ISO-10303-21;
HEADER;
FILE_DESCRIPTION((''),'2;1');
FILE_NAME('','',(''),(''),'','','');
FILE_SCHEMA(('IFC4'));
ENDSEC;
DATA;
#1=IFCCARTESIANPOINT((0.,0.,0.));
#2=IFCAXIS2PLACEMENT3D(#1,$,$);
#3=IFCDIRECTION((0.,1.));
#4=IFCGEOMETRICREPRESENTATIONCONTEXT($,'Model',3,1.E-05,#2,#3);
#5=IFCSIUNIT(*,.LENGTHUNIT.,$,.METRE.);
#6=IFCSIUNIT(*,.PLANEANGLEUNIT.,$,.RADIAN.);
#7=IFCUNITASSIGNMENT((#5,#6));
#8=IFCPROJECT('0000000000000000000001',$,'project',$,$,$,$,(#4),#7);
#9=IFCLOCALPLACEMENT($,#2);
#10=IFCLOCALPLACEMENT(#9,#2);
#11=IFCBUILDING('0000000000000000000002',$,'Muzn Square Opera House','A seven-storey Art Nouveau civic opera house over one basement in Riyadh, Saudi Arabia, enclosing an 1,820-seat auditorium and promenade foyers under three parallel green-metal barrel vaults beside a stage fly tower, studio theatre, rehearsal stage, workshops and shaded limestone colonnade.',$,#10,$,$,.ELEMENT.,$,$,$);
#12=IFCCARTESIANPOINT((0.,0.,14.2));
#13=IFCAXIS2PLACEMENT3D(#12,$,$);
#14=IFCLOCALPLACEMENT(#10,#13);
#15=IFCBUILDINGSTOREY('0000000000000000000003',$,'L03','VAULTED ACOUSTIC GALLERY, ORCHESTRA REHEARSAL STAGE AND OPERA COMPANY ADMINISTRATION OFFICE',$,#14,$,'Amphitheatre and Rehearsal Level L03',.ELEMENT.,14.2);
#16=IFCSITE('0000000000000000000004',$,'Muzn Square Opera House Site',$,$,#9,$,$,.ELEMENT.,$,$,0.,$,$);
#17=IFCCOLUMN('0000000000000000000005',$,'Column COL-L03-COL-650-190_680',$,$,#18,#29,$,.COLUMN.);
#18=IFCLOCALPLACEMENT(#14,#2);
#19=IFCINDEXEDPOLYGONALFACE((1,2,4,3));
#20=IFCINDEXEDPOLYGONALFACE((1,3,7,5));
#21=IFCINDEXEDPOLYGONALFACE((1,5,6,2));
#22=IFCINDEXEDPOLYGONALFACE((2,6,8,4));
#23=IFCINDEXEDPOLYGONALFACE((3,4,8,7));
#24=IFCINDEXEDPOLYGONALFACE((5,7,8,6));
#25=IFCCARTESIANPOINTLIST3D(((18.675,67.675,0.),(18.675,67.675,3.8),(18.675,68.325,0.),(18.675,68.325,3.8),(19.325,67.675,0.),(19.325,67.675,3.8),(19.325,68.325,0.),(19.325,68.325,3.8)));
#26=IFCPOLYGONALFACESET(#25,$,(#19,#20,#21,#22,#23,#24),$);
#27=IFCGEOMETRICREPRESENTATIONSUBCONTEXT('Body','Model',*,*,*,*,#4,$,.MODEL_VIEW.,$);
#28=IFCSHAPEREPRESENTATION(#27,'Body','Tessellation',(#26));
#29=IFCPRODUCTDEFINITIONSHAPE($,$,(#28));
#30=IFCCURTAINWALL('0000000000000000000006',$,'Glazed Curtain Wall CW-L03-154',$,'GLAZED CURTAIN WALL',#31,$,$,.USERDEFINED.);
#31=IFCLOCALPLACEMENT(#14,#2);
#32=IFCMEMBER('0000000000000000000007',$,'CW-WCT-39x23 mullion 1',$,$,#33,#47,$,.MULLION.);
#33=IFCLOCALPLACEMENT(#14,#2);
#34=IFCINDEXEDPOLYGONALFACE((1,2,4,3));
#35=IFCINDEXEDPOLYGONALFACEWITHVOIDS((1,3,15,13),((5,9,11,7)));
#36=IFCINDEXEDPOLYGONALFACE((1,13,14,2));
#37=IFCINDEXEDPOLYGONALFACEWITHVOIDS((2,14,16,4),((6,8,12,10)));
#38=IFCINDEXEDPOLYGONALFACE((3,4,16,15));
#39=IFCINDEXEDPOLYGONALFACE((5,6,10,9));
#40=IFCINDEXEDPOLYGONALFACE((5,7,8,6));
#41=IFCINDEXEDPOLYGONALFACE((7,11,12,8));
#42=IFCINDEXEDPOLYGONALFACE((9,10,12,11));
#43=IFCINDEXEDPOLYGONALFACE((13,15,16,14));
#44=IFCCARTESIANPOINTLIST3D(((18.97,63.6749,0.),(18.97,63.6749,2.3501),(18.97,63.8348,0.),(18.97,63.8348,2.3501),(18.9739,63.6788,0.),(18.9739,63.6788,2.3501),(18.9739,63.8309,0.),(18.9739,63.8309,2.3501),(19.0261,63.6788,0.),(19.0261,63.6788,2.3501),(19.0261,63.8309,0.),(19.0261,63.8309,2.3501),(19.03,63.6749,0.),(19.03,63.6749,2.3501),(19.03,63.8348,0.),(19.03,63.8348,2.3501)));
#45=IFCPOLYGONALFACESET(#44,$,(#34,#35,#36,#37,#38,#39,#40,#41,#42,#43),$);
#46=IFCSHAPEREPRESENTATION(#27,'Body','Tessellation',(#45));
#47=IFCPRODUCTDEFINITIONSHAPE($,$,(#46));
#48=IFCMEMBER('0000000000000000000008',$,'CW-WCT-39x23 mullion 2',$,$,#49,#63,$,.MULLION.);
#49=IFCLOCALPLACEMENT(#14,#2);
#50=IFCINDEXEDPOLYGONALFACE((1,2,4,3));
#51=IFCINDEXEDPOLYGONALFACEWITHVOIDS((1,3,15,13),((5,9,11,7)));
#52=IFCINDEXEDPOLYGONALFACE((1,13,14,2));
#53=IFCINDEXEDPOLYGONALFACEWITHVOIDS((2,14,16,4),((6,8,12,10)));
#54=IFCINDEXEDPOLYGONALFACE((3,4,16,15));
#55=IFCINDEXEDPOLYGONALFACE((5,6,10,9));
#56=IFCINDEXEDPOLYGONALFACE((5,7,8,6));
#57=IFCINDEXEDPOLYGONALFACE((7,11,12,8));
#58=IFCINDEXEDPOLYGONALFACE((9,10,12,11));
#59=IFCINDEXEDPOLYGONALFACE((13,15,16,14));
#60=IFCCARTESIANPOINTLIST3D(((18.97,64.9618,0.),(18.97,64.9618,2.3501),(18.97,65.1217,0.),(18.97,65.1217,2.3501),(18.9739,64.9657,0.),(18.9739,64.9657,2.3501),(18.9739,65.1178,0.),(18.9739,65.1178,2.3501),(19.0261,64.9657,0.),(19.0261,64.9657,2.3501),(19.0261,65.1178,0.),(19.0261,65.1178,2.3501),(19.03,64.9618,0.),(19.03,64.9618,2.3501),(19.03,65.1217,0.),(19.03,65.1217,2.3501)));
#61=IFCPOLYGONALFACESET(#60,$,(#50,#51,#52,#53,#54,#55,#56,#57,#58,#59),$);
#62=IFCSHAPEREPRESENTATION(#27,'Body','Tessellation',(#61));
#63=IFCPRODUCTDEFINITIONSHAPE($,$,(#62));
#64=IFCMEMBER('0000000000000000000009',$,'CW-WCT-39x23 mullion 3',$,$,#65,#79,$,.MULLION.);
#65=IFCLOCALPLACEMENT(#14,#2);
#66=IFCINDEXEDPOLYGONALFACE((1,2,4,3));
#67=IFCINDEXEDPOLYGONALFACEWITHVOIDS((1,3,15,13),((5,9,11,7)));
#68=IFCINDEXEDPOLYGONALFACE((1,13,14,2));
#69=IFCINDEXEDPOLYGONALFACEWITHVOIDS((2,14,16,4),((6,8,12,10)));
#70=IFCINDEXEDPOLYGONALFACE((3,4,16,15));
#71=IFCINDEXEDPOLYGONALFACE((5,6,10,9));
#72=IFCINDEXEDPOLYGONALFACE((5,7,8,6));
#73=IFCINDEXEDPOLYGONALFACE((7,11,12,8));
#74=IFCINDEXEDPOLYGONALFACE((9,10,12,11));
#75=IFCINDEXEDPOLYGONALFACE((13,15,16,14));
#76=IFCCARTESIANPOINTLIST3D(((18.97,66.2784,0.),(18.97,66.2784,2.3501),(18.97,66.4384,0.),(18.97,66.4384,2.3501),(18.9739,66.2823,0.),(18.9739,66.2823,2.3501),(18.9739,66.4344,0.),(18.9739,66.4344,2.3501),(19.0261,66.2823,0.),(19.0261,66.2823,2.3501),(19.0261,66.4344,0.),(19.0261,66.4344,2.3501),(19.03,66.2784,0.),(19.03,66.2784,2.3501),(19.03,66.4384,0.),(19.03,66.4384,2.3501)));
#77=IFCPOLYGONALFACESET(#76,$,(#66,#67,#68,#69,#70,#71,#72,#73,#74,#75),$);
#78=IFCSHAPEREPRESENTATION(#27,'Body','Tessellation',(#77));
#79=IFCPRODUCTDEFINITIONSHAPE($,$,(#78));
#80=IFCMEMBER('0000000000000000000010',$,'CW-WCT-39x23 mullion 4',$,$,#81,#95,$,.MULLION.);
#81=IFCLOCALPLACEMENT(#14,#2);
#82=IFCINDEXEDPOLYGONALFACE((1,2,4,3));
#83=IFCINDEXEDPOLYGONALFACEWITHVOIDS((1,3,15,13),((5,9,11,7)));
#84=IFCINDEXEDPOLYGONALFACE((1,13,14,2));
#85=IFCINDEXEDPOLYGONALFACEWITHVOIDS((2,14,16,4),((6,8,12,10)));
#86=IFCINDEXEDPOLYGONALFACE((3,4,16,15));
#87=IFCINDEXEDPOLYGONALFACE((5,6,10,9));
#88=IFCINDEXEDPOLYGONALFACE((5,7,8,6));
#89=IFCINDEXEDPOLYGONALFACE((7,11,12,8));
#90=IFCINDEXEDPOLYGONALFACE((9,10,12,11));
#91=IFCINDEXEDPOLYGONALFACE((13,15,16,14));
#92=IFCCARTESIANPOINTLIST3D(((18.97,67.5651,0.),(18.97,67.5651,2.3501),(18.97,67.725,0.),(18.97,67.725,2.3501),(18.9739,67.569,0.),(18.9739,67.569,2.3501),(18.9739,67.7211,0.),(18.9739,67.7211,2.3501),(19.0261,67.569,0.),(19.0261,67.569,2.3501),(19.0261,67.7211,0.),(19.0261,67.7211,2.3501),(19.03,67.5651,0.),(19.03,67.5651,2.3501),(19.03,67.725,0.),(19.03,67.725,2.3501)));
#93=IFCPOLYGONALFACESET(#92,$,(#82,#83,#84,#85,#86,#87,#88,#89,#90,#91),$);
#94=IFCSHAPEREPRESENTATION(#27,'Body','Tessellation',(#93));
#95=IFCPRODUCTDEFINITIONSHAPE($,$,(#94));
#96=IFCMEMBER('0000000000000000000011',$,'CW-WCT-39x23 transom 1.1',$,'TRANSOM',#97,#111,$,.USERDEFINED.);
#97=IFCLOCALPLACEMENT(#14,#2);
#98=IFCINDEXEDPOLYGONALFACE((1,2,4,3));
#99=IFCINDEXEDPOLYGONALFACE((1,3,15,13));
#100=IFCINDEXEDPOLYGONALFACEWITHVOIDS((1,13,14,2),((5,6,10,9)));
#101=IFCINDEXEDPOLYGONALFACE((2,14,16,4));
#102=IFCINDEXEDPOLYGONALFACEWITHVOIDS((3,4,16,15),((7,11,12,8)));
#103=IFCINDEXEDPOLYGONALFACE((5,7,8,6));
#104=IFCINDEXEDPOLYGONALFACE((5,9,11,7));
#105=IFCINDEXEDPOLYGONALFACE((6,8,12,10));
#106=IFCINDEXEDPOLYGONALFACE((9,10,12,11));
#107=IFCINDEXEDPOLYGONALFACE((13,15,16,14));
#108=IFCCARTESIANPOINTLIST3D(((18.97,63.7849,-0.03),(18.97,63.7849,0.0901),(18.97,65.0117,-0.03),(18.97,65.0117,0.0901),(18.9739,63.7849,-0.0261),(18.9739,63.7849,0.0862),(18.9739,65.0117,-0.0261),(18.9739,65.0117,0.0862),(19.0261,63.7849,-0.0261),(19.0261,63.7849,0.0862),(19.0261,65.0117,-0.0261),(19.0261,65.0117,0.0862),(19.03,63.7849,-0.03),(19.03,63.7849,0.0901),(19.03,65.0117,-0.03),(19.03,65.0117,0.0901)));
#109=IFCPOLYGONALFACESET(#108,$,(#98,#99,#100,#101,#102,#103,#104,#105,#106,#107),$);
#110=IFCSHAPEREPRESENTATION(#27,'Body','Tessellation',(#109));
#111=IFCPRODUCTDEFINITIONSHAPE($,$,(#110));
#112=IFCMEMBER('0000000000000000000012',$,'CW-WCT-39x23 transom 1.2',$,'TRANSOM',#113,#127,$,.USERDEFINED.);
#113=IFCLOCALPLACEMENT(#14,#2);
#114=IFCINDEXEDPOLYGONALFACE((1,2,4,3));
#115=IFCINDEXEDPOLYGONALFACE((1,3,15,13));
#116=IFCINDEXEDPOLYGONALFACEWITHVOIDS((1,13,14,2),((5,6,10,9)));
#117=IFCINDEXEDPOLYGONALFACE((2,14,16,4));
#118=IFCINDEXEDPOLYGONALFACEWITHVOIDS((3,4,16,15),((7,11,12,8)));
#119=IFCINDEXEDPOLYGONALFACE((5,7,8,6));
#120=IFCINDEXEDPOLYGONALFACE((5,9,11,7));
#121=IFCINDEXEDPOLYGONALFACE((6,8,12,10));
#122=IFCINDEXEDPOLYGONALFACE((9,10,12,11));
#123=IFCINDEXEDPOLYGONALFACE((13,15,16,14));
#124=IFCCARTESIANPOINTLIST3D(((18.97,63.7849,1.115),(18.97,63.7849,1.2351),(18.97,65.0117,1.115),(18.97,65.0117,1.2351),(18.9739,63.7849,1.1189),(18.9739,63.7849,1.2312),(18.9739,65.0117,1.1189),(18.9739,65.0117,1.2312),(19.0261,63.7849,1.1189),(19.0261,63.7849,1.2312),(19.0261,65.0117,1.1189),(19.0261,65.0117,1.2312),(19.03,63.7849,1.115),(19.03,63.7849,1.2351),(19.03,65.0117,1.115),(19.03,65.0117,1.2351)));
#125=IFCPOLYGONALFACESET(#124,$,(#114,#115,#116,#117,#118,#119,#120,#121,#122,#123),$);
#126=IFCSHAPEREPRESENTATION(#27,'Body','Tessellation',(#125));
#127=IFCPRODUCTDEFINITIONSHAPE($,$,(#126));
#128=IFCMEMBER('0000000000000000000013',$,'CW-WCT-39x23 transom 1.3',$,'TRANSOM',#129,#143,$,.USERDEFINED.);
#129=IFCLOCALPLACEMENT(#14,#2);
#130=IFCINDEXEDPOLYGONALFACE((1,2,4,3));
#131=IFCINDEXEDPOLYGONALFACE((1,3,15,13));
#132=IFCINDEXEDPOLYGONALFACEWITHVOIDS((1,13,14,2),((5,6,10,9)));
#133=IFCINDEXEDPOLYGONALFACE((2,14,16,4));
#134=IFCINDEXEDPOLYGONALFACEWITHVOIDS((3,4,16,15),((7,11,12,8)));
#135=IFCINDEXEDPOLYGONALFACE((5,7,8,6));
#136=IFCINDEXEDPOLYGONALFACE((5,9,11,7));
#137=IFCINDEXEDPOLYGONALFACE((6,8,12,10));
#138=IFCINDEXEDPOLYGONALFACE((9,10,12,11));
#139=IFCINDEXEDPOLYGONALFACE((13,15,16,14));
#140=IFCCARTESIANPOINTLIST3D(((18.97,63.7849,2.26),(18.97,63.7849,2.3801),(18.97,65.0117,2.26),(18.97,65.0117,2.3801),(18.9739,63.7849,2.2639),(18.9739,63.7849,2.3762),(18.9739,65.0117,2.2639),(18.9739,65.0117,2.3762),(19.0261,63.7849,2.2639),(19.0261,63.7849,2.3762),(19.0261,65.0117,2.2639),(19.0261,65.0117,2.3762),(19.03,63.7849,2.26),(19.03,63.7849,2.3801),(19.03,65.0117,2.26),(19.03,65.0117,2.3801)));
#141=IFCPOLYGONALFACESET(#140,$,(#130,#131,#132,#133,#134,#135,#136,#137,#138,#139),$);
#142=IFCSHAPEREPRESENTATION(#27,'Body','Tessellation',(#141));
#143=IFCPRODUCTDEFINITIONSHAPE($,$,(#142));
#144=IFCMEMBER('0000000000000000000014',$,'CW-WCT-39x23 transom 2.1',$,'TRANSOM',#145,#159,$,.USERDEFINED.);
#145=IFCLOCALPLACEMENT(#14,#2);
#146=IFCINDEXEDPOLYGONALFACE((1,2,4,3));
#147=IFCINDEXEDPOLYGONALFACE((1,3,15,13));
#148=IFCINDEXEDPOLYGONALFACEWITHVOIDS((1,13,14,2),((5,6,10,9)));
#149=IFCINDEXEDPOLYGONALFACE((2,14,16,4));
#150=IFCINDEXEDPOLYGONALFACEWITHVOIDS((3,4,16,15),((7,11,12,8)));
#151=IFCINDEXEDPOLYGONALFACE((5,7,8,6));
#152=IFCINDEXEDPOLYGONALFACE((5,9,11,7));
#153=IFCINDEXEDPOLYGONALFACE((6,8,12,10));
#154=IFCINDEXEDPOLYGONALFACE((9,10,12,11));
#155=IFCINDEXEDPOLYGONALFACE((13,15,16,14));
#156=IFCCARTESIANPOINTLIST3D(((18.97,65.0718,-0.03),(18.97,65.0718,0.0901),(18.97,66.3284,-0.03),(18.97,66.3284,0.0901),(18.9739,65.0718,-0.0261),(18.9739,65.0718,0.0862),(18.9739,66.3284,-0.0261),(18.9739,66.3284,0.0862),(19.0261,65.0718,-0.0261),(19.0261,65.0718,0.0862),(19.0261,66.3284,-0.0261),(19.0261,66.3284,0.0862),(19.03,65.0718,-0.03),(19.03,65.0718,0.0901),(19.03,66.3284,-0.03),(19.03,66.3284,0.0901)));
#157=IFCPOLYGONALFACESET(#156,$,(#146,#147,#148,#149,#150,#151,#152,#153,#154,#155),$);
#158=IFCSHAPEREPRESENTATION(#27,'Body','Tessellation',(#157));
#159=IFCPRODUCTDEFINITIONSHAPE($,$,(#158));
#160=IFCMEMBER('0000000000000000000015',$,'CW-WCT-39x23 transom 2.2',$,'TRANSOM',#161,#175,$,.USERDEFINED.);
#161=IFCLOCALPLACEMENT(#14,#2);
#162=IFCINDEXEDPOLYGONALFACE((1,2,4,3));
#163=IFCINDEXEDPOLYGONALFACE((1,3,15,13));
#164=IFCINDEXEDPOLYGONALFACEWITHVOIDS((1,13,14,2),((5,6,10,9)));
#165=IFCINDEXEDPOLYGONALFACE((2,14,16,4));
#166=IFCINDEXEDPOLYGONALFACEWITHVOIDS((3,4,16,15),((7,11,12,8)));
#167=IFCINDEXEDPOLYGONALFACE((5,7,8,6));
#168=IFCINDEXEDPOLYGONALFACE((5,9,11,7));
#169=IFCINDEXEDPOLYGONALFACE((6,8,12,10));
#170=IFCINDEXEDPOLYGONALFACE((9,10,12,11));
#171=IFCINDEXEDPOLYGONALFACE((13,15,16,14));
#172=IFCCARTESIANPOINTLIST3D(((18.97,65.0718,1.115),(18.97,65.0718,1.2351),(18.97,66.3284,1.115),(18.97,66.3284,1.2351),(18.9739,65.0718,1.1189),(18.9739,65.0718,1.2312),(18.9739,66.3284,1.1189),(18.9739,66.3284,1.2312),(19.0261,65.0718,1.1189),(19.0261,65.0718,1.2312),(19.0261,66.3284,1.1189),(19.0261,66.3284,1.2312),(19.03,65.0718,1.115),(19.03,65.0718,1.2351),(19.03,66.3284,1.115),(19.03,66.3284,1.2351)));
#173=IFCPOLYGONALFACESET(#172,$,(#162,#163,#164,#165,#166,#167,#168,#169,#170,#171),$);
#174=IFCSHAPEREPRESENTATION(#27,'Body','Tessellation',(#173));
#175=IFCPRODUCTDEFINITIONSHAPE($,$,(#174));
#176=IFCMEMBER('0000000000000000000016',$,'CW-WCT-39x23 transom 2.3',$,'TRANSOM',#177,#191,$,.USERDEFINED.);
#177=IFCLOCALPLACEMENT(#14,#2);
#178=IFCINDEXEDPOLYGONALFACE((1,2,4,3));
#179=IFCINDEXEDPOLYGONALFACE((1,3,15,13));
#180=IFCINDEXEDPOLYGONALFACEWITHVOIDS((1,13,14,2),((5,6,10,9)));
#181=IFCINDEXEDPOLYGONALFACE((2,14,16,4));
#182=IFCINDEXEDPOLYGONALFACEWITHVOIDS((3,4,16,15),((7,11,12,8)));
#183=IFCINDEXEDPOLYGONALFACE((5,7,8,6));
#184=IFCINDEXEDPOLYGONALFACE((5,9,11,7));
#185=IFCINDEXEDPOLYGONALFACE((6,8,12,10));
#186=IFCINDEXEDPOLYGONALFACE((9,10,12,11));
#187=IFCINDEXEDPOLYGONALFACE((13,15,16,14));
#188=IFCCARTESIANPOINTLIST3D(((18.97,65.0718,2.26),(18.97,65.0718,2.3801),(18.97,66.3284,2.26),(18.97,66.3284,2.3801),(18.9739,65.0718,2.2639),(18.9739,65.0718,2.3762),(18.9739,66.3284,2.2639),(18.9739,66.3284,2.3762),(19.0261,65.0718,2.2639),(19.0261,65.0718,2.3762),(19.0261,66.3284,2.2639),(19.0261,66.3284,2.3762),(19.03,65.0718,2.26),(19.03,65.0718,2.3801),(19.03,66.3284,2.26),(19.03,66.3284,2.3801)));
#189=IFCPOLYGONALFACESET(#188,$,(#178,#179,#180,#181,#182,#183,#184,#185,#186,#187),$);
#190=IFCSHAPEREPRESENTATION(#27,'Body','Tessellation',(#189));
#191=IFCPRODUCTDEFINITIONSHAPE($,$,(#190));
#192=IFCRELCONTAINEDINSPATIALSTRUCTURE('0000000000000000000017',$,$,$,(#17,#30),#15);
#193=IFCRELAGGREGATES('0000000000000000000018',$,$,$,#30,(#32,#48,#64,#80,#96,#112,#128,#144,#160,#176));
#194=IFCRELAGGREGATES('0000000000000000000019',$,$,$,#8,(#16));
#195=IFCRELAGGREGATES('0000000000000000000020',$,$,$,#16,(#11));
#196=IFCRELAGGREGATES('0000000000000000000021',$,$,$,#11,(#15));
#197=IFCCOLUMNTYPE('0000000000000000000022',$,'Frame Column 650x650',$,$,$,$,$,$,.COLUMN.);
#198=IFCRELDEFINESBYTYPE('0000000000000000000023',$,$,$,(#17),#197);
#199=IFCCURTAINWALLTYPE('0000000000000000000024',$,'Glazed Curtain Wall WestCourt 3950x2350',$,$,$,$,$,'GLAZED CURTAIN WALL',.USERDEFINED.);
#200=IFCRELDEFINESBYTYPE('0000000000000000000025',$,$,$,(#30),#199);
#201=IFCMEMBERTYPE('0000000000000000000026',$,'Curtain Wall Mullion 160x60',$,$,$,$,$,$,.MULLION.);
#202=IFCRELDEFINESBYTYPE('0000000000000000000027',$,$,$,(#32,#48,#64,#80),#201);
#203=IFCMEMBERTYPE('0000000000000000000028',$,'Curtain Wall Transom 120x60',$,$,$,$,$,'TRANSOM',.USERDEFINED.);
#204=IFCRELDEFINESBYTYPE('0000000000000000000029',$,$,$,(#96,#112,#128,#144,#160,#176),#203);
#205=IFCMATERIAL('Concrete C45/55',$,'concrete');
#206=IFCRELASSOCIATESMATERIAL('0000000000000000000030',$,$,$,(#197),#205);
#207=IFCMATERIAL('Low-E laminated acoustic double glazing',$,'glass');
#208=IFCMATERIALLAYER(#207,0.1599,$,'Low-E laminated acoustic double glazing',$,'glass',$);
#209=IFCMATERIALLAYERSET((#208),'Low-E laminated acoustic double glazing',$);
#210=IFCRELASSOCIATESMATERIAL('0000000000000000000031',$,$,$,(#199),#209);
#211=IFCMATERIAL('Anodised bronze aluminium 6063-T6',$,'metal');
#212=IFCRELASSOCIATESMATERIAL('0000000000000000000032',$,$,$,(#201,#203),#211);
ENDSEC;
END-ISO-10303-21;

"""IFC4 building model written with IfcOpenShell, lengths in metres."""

from ifc_helpers import new_model, si_unit, direction, frame, origin, origin_2d, place, context, subcontext, project, spatial, rectangle, hollow_rectangle, extrude, material, layer, layer_set, material_profile, profile_set, type_object, element, aggregate, save


model = new_model("IFC4")

# Units and contexts
model_context = context("Model", 3, precision=1e-05, world=origin(), true_north=direction((0.0, 1.0)))
body_context = subcontext(model_context, "Body", "Model", "MODEL_VIEW")
ifc_project = project(units=[si_unit("LENGTHUNIT", "METRE"), si_unit("PLANEANGLEUNIT", "RADIAN")], contexts=[model_context])

# Site, building, storey
site_placement = place(None, origin())
site = spatial("IfcSite", under=ifc_project, at=site_placement, Name="Muzn Square Opera House Site", CompositionType="ELEMENT", RefElevation=0.0)
building_placement = place(site_placement, origin())
building = spatial("IfcBuilding", under=site, at=building_placement, Name="Muzn Square Opera House", Description="A seven-storey Art Nouveau civic opera house over one basement in Riyadh, Saudi Arabia, enclosing an 1,820-seat auditorium and promenade foyers under three parallel green-metal barrel vaults beside a stage fly tower, studio theatre, rehearsal stage, workshops and shaded limestone colonnade.", CompositionType="ELEMENT")
storey_placement = place(building_placement, frame((0.0, 0.0, 14.2)))
storey = spatial("IfcBuildingStorey", under=building, at=storey_placement, Name="L03", Description="VAULTED ACOUSTIC GALLERY, ORCHESTRA REHEARSAL STAGE AND OPERA COMPANY ADMINISTRATION OFFICE", LongName="Amphitheatre and Rehearsal Level L03", CompositionType="ELEMENT", Elevation=14.2)

# Column
ifc_material_1 = material(Name="Concrete C45/55", Category="concrete")
ifc_material_profile_1 = material_profile(ifc_material_1, rectangle(XDim=0.6499, YDim=0.6499, at=origin_2d()), Name="RC 650x650", Category="concrete")
ifc_profile_set_1 = profile_set([ifc_material_profile_1], Name="Concrete C45/55")
column_type = type_object("IfcColumnType", Name="Frame Column 650x650", PredefinedType="COLUMN", material=ifc_profile_set_1)
column_placement = place(storey_placement, frame((19.0, 68.0, 0.0), z_axis=(0.0, 0.0, 1.0), x_axis=(1.0, 0.0, 0.0)))
element("IfcColumn", 1, at=column_placement, inside=storey, type_object=column_type, Name="Column COL-L03-COL-650-190_680", PredefinedType="COLUMN", context=body_context, shape_type="SweptSolid", body=[
    extrude(rectangle(XDim=0.6499, YDim=0.6499, at=origin_2d()), origin(), (0.0, 0.0, 1.0), 3.8),
])

# Curtain wall, members
ifc_material_2 = material(Name="Low-E laminated acoustic double glazing", Category="glass")
ifc_layer_1 = layer(ifc_material_2, 0.1599, Name="Low-E laminated acoustic double glazing", Category="glass")
ifc_layer_set_1 = layer_set([ifc_layer_1], Name="Low-E laminated acoustic double glazing")
curtain_wall_type = type_object("IfcCurtainWallType", Name="Glazed Curtain Wall WestCourt 3950x2350", ElementType="GLAZED CURTAIN WALL", PredefinedType="USERDEFINED", material=ifc_layer_set_1)
curtain_wall_placement = place(storey_placement, origin())
curtain_wall = element("IfcCurtainWall", 2, at=curtain_wall_placement, inside=storey, type_object=curtain_wall_type, Name="Glazed Curtain Wall CW-L03-154", ObjectType="GLAZED CURTAIN WALL", PredefinedType="USERDEFINED")
ifc_material_3 = material(Name="Anodised bronze aluminium 6063-T6", Category="metal")
ifc_material_profile_2 = material_profile(ifc_material_3, hollow_rectangle(XDim=0.0601, YDim=0.1599, WallThickness=0.0039, at=origin_2d()), Name="ALU 160x60x4", Category="metal")
ifc_profile_set_2 = profile_set([ifc_material_profile_2], Name="Anodised bronze aluminium 6063-T6")
member_type_1 = type_object("IfcMemberType", Name="Curtain Wall Mullion 160x60", PredefinedType="MULLION", material=ifc_profile_set_2)
member_1_placement = place(storey_placement, frame((19.0, 63.7549, 0.0), z_axis=(0.0, 0.0, 1.0), x_axis=(-1.0, 0.0, 0.0)))
member_1 = element("IfcMember", 3, at=member_1_placement, type_object=member_type_1, Name="CW-WCT-39x23 mullion 1", PredefinedType="MULLION", context=body_context, shape_type="SweptSolid", body=[
    extrude(hollow_rectangle(XDim=0.0601, YDim=0.1599, WallThickness=0.0039, at=origin_2d()), origin(), (0.0, 0.0, 1.0), 2.3501),
])
member_2_placement = place(storey_placement, frame((19.0, 65.0417, 0.0), z_axis=(0.0, 0.0, 1.0), x_axis=(-1.0, 0.0, 0.0)))
member_2 = element("IfcMember", 4, at=member_2_placement, type_object=member_type_1, Name="CW-WCT-39x23 mullion 2", PredefinedType="MULLION", context=body_context, shape_type="SweptSolid", body=[
    extrude(hollow_rectangle(XDim=0.0601, YDim=0.1599, WallThickness=0.0039, at=origin_2d()), origin(), (0.0, 0.0, 1.0), 2.3501),
])
member_3_placement = place(storey_placement, frame((19.0, 66.3584, 0.0), z_axis=(0.0, 0.0, 1.0), x_axis=(-1.0, 0.0, 0.0)))
member_3 = element("IfcMember", 5, at=member_3_placement, type_object=member_type_1, Name="CW-WCT-39x23 mullion 3", PredefinedType="MULLION", context=body_context, shape_type="SweptSolid", body=[
    extrude(hollow_rectangle(XDim=0.0601, YDim=0.1599, WallThickness=0.0039, at=origin_2d()), origin(), (0.0, 0.0, 1.0), 2.3501),
])
member_4_placement = place(storey_placement, frame((19.0, 67.645, 0.0), z_axis=(0.0, 0.0, 1.0), x_axis=(-1.0, 0.0, 0.0)))
member_4 = element("IfcMember", 6, at=member_4_placement, type_object=member_type_1, Name="CW-WCT-39x23 mullion 4", PredefinedType="MULLION", context=body_context, shape_type="SweptSolid", body=[
    extrude(hollow_rectangle(XDim=0.0601, YDim=0.1599, WallThickness=0.0039, at=origin_2d()), origin(), (0.0, 0.0, 1.0), 2.3501),
])
ifc_material_profile_3 = material_profile(ifc_material_3, hollow_rectangle(XDim=0.0601, YDim=0.1201, WallThickness=0.0039, at=origin_2d()), Name="ALU 120x60x4", Category="metal")
ifc_profile_set_3 = profile_set([ifc_material_profile_3], Name="Anodised bronze aluminium 6063-T6")
member_type_2 = type_object("IfcMemberType", Name="Curtain Wall Transom 120x60", ElementType="TRANSOM", PredefinedType="USERDEFINED", material=ifc_profile_set_3)
member_5_placement = place(storey_placement, frame((19.0, 63.7849, 0.03), z_axis=(0.0, 1.0, 0.0), x_axis=(-1.0, 0.0, 0.0)))
member_5 = element("IfcMember", 7, at=member_5_placement, type_object=member_type_2, Name="CW-WCT-39x23 transom 1.1", ObjectType="TRANSOM", PredefinedType="USERDEFINED", context=body_context, shape_type="SweptSolid", body=[
    extrude(hollow_rectangle(XDim=0.0601, YDim=0.1201, WallThickness=0.0039, at=origin_2d()), origin(), (0.0, 0.0, 1.0), 1.2268),
])
member_6_placement = place(storey_placement, frame((19.0, 63.7849, 1.175), z_axis=(0.0, 1.0, 0.0), x_axis=(-1.0, 0.0, 0.0)))
member_6 = element("IfcMember", 8, at=member_6_placement, type_object=member_type_2, Name="CW-WCT-39x23 transom 1.2", ObjectType="TRANSOM", PredefinedType="USERDEFINED", context=body_context, shape_type="SweptSolid", body=[
    extrude(hollow_rectangle(XDim=0.0601, YDim=0.1201, WallThickness=0.0039, at=origin_2d()), origin(), (0.0, 0.0, 1.0), 1.2268),
])
member_7_placement = place(storey_placement, frame((19.0, 63.7849, 2.3201), z_axis=(0.0, 1.0, 0.0), x_axis=(-1.0, 0.0, 0.0)))
member_7 = element("IfcMember", 9, at=member_7_placement, type_object=member_type_2, Name="CW-WCT-39x23 transom 1.3", ObjectType="TRANSOM", PredefinedType="USERDEFINED", context=body_context, shape_type="SweptSolid", body=[
    extrude(hollow_rectangle(XDim=0.0601, YDim=0.1201, WallThickness=0.0039, at=origin_2d()), origin(), (0.0, 0.0, 1.0), 1.2268),
])
member_8_placement = place(storey_placement, frame((19.0, 65.0718, 0.03), z_axis=(0.0, 1.0, 0.0), x_axis=(-1.0, 0.0, 0.0)))
member_8 = element("IfcMember", 10, at=member_8_placement, type_object=member_type_2, Name="CW-WCT-39x23 transom 2.1", ObjectType="TRANSOM", PredefinedType="USERDEFINED", context=body_context, shape_type="SweptSolid", body=[
    extrude(hollow_rectangle(XDim=0.0601, YDim=0.1201, WallThickness=0.0039, at=origin_2d()), origin(), (0.0, 0.0, 1.0), 1.2566),
])
member_9_placement = place(storey_placement, frame((19.0, 65.0718, 1.175), z_axis=(0.0, 1.0, 0.0), x_axis=(-1.0, 0.0, 0.0)))
member_9 = element("IfcMember", 11, at=member_9_placement, type_object=member_type_2, Name="CW-WCT-39x23 transom 2.2", ObjectType="TRANSOM", PredefinedType="USERDEFINED", context=body_context, shape_type="SweptSolid", body=[
    extrude(hollow_rectangle(XDim=0.0601, YDim=0.1201, WallThickness=0.0039, at=origin_2d()), origin(), (0.0, 0.0, 1.0), 1.2566),
])
member_10_placement = place(storey_placement, frame((19.0, 65.0718, 2.3201), z_axis=(0.0, 1.0, 0.0), x_axis=(-1.0, 0.0, 0.0)))
member_10 = element("IfcMember", 12, at=member_10_placement, type_object=member_type_2, Name="CW-WCT-39x23 transom 2.3", ObjectType="TRANSOM", PredefinedType="USERDEFINED", context=body_context, shape_type="SweptSolid", body=[
    extrude(hollow_rectangle(XDim=0.0601, YDim=0.1201, WallThickness=0.0039, at=origin_2d()), origin(), (0.0, 0.0, 1.0), 1.2566),
])

aggregate(curtain_wall, [member_1, member_2, member_3, member_4, member_5, member_6, member_7, member_8, member_9, member_10])

save(model, "model.ifc")
